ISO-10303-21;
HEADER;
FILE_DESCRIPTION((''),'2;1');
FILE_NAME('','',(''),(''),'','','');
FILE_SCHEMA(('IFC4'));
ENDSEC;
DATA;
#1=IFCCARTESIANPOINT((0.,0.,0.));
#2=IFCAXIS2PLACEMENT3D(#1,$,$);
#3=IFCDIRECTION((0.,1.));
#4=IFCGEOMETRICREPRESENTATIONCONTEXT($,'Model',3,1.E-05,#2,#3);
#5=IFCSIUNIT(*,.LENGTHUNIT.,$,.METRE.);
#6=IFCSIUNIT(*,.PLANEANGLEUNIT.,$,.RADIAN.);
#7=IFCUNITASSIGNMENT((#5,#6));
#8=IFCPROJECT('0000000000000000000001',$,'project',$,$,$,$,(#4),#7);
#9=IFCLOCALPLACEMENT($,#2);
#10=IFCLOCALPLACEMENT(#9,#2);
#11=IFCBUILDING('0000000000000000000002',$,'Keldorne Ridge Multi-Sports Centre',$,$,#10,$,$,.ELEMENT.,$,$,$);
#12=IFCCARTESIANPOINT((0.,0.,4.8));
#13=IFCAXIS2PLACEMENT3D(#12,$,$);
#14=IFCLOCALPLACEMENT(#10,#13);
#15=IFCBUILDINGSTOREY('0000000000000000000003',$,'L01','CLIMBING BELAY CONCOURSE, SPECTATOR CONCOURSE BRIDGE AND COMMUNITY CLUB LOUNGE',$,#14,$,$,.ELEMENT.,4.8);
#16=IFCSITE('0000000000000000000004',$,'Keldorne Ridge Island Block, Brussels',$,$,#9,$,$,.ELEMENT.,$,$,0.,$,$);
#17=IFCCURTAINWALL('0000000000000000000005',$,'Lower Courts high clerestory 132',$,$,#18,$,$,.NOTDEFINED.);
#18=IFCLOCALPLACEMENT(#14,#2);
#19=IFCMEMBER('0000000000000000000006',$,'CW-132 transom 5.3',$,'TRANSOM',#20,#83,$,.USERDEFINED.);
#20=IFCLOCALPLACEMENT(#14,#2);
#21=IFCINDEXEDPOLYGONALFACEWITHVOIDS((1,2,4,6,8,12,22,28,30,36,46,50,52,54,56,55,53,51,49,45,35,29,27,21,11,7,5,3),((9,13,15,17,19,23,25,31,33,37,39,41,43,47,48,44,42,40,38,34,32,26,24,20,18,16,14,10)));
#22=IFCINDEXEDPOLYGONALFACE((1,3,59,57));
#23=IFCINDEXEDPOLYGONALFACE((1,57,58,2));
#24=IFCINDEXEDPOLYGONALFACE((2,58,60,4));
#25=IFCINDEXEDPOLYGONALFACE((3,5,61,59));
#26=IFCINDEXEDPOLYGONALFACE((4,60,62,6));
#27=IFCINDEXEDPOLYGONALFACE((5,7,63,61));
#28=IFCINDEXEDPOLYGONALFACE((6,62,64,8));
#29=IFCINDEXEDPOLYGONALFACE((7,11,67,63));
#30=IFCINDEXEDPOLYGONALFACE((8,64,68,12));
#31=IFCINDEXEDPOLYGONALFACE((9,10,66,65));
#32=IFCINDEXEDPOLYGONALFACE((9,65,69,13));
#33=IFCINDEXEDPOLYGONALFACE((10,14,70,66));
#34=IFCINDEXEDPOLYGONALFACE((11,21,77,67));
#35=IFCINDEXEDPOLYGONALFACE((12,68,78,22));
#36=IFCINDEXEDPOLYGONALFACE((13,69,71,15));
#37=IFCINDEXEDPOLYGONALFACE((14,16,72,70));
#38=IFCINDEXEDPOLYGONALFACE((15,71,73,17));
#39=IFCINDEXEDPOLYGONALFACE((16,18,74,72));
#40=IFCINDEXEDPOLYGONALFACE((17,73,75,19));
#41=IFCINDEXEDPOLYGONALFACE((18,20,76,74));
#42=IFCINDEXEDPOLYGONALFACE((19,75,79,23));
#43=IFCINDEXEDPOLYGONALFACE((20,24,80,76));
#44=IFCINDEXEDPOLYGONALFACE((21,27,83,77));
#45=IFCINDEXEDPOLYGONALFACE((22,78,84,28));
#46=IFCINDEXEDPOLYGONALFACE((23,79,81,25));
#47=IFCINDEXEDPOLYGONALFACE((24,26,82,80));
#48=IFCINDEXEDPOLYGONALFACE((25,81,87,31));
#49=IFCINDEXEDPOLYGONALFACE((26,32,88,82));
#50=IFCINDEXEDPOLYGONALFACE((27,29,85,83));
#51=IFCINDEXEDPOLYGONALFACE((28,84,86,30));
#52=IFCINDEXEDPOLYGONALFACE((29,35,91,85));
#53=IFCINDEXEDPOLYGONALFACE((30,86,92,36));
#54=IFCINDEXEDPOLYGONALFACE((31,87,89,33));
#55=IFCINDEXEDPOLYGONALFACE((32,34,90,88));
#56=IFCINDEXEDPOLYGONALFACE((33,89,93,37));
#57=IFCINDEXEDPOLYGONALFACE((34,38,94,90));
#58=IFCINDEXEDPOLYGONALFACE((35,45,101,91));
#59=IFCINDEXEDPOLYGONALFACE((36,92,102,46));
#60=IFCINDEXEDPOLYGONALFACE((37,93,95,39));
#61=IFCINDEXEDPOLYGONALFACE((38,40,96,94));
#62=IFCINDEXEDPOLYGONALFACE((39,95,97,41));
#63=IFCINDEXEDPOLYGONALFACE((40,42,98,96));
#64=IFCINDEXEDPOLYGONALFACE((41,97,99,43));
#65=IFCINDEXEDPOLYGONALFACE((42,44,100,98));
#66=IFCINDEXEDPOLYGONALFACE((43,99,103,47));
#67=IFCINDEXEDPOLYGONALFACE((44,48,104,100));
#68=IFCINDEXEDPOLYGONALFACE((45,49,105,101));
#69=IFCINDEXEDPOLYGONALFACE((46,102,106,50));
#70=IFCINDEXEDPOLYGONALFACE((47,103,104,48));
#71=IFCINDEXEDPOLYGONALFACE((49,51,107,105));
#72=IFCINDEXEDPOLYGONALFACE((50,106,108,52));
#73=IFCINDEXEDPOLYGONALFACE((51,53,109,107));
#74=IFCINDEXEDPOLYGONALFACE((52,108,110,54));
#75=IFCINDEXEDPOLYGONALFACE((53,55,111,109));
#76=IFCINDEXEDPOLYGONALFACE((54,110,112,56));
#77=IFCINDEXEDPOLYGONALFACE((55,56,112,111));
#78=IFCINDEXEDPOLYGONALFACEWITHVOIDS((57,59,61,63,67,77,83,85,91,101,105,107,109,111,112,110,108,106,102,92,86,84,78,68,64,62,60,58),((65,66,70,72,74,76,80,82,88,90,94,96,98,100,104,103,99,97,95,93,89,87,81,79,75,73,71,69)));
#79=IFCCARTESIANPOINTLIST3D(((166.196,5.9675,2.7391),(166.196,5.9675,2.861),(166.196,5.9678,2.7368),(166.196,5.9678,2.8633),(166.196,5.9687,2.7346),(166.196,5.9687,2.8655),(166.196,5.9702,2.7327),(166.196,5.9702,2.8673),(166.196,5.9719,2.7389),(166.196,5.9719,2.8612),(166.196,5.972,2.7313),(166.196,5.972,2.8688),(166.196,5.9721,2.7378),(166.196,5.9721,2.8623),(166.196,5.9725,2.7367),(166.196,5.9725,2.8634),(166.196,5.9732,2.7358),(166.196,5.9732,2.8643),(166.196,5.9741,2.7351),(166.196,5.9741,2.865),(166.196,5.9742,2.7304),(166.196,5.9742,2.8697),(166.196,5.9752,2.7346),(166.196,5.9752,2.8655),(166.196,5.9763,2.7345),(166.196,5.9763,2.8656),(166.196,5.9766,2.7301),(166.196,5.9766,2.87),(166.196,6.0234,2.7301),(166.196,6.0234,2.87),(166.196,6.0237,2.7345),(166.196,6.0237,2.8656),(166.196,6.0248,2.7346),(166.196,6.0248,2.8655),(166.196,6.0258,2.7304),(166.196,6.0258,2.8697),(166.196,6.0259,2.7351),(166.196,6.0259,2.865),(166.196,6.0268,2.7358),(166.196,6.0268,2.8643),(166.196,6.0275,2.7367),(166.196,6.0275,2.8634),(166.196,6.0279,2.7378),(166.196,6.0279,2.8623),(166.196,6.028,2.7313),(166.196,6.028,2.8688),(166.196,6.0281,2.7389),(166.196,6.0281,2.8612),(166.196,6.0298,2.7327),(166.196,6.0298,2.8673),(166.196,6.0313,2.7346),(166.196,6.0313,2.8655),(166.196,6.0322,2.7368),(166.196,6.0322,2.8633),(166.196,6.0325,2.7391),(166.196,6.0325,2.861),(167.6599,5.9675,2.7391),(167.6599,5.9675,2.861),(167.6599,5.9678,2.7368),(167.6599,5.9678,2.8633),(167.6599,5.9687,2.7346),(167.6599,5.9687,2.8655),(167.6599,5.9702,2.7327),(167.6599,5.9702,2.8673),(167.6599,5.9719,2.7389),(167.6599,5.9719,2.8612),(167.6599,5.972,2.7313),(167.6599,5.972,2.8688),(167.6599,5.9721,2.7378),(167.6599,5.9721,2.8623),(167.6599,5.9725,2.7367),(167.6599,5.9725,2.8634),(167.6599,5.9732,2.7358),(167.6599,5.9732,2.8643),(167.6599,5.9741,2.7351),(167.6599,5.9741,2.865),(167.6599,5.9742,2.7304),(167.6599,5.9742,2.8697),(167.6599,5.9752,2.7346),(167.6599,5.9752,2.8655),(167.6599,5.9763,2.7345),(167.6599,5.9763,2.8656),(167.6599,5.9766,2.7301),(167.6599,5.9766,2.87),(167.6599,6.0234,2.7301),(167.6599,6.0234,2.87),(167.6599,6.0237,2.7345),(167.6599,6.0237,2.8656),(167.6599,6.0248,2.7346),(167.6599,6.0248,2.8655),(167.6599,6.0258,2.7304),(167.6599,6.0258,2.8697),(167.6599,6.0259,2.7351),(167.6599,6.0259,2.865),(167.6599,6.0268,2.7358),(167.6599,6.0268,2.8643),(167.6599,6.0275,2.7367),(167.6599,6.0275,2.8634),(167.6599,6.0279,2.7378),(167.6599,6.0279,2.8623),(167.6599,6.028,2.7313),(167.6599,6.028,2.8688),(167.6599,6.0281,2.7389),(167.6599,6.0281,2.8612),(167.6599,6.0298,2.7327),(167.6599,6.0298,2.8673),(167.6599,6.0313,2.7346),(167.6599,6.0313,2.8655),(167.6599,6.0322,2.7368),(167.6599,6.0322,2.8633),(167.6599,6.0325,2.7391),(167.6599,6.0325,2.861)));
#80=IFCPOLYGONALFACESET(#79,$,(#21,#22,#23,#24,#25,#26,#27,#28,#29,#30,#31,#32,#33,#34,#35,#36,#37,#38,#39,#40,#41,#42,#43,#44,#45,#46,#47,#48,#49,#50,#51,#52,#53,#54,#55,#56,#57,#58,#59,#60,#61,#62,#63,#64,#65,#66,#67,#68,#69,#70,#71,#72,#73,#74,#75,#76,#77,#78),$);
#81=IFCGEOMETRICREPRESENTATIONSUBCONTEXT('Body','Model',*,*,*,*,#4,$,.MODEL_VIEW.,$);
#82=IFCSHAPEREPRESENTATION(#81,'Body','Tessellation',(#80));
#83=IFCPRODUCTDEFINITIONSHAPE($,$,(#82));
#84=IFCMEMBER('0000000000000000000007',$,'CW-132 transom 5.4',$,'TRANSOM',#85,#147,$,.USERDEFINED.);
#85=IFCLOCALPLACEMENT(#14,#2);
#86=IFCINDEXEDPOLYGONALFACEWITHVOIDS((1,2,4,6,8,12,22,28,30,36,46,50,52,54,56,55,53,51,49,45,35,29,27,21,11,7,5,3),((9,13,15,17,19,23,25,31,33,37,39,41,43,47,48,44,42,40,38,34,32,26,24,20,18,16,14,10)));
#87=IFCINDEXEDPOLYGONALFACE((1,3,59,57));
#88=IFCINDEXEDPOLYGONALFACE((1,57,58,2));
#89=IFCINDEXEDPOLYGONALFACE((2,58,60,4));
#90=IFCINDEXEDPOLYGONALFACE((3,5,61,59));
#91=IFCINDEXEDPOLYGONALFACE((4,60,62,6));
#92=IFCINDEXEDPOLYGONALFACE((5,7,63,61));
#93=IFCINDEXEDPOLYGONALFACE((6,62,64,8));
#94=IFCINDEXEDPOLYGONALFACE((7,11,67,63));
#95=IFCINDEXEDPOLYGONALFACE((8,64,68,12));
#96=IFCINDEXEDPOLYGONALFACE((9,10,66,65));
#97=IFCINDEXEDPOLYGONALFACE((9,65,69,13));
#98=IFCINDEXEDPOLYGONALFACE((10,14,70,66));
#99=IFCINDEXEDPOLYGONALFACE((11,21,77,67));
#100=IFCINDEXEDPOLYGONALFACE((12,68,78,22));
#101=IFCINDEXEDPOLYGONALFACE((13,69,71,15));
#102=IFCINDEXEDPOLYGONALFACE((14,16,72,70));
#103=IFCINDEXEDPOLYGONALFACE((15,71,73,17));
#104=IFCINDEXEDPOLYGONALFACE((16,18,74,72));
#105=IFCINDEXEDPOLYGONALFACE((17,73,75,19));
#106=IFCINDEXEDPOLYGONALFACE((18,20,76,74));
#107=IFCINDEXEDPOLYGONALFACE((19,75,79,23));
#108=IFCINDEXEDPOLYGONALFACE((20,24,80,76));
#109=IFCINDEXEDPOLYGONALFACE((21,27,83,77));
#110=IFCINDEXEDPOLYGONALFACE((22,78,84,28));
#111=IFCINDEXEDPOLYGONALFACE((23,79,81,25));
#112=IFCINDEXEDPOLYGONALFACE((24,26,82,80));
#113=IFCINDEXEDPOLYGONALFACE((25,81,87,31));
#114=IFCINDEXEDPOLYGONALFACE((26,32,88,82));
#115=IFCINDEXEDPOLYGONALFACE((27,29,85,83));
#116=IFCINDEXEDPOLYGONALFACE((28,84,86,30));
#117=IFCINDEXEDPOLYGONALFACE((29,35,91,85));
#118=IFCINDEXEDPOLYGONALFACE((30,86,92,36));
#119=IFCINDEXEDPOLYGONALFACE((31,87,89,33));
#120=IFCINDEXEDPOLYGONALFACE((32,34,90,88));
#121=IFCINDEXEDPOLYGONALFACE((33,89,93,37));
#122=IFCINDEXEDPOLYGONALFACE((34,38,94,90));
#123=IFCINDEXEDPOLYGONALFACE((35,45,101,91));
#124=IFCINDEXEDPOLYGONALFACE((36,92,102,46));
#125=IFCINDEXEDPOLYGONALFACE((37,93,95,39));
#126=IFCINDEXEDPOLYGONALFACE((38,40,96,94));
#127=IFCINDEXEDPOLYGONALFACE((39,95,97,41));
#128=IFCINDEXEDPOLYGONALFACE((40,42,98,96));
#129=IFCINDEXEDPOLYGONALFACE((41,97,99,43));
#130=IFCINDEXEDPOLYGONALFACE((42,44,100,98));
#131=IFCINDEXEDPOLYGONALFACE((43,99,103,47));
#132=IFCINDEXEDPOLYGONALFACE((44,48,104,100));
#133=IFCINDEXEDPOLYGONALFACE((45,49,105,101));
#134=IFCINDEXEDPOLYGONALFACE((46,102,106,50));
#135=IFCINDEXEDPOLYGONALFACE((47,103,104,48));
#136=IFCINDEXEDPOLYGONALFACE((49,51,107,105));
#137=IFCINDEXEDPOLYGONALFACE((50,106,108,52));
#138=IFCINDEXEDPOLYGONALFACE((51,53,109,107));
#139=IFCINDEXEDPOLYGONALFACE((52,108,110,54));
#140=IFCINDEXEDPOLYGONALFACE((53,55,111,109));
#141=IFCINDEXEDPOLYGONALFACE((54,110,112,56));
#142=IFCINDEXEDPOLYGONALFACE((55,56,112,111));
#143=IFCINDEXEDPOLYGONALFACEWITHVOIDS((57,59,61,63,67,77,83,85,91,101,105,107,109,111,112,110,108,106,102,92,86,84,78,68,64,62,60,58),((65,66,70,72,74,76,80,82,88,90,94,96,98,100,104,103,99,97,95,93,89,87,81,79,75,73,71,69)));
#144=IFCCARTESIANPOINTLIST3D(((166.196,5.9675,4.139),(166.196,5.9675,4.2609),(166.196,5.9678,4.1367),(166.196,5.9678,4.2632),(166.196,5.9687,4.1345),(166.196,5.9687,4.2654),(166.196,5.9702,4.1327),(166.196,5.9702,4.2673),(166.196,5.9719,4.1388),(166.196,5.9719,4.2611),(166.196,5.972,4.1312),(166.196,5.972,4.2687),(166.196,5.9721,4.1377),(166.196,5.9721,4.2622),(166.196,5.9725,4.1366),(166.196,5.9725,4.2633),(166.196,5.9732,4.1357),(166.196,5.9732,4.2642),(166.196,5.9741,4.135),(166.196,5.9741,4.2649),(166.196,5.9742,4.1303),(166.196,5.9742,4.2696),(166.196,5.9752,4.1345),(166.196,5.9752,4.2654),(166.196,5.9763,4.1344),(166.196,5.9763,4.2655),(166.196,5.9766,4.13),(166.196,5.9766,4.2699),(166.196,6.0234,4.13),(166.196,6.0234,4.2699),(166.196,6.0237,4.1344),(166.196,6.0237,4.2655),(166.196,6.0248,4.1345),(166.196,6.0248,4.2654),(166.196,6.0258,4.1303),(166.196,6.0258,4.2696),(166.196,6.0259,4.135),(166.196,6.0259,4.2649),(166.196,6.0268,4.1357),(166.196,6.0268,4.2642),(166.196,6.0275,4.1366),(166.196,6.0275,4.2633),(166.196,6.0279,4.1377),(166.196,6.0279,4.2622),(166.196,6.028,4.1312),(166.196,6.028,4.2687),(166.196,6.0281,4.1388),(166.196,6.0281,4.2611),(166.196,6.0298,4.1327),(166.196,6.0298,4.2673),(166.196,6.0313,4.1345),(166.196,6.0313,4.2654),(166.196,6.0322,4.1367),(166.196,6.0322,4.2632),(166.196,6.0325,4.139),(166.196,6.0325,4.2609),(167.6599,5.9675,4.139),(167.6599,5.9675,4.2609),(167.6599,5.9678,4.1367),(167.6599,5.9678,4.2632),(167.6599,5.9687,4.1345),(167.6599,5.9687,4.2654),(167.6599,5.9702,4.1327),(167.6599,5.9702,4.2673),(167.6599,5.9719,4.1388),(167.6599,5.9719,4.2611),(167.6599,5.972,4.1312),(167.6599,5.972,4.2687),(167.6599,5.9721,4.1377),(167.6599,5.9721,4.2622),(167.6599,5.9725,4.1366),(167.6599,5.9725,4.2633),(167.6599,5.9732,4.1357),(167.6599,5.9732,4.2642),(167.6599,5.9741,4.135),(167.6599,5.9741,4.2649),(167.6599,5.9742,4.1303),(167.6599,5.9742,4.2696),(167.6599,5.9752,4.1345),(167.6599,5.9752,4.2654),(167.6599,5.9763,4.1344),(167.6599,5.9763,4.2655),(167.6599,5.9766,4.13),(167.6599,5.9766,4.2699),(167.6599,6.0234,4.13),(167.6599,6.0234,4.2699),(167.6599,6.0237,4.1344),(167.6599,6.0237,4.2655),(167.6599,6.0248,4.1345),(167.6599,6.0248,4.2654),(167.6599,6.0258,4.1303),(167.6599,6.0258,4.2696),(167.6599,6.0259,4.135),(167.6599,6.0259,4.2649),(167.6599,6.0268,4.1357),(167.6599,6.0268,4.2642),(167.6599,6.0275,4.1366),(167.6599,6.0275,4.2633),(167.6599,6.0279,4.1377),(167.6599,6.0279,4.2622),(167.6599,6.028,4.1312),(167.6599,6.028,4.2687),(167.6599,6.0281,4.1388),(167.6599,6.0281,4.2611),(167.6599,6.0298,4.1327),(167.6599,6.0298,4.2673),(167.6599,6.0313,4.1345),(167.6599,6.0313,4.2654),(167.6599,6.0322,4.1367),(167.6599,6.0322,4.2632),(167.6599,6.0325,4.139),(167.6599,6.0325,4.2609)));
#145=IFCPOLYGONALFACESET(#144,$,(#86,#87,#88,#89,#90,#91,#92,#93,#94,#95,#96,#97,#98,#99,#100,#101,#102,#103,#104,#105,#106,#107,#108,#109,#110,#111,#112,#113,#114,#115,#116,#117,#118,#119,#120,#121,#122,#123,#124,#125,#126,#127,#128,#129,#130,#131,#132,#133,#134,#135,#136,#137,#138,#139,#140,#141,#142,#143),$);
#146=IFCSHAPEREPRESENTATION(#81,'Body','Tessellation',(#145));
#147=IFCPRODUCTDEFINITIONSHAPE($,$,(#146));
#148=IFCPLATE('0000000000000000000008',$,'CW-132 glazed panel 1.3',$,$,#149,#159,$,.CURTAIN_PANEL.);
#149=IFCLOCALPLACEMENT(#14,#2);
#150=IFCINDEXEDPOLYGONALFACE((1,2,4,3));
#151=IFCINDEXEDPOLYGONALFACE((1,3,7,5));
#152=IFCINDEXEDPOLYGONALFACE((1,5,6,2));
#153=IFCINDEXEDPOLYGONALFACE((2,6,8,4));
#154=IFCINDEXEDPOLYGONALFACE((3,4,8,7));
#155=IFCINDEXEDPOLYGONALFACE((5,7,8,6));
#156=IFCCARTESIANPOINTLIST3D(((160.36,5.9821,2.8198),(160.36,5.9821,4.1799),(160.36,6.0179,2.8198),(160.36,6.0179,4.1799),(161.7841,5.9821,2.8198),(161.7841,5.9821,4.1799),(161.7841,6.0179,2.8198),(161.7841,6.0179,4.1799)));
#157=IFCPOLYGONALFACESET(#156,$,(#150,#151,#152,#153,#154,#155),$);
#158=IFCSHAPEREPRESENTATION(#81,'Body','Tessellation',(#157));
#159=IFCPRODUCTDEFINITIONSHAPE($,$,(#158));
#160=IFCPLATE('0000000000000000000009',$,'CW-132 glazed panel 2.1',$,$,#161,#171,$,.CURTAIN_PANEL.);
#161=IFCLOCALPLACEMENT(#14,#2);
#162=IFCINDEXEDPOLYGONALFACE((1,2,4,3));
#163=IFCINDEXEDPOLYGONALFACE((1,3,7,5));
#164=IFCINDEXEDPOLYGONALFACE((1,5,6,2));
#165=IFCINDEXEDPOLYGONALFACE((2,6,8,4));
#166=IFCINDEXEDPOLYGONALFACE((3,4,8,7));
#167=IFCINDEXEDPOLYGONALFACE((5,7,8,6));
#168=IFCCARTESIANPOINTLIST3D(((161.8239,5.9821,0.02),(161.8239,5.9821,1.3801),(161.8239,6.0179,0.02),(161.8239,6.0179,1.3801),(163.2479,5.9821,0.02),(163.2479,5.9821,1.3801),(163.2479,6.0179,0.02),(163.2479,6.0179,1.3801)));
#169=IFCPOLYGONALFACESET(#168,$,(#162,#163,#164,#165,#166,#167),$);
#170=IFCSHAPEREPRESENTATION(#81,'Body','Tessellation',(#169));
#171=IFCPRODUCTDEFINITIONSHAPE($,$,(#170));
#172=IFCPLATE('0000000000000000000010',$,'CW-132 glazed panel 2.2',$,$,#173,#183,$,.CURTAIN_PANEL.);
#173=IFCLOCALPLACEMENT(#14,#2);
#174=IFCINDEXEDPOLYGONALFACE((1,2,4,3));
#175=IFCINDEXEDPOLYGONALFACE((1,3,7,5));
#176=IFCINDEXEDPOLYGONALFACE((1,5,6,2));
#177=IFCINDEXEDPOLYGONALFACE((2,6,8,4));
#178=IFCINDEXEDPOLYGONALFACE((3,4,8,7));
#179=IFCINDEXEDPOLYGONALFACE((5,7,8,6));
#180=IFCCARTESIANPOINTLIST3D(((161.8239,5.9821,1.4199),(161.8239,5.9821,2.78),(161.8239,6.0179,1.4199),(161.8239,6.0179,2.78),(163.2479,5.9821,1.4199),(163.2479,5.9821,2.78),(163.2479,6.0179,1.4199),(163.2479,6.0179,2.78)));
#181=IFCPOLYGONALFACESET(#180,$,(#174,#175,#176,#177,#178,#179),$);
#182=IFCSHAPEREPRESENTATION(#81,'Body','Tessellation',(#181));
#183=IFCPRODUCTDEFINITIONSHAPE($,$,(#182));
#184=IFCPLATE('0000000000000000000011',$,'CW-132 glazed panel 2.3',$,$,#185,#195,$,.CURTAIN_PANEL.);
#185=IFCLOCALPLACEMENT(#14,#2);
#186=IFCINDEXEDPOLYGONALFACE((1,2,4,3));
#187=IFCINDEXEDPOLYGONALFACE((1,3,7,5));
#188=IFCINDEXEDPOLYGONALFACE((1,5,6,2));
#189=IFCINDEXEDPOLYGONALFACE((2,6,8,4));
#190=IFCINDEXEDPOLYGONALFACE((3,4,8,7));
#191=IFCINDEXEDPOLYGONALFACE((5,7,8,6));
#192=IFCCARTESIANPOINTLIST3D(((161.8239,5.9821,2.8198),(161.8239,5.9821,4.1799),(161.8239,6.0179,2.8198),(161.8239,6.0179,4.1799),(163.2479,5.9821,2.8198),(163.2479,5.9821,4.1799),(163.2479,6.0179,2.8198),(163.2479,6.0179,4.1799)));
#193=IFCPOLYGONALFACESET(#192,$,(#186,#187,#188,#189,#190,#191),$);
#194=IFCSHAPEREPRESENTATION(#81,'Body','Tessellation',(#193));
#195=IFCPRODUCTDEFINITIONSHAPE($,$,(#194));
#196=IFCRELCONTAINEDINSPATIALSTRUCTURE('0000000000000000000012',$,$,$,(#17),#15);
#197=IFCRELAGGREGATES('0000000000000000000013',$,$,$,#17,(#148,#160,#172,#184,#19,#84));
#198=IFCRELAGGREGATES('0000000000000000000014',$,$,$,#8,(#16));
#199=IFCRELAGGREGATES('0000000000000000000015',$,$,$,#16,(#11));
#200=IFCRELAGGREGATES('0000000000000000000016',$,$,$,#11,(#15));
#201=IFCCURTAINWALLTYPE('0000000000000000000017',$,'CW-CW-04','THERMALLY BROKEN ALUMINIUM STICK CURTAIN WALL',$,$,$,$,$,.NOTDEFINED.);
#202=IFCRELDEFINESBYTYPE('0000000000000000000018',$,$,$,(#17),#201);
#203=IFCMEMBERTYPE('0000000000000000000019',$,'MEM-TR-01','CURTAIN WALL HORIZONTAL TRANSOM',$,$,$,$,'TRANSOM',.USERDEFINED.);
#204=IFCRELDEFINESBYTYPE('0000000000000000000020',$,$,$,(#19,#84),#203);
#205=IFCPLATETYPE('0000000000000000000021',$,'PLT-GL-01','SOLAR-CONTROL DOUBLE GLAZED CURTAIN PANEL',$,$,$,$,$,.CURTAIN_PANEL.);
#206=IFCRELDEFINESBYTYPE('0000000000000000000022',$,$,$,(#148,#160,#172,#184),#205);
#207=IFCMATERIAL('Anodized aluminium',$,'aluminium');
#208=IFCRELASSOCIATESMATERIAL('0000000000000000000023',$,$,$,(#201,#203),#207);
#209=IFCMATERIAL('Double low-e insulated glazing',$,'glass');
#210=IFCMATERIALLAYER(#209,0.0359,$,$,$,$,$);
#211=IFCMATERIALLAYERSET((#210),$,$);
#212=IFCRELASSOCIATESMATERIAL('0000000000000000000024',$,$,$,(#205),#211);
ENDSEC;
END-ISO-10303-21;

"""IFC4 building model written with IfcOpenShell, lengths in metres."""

from ifc_helpers import new_model, si_unit, direction, frame, origin, origin_2d, place, context, subcontext, project, spatial, rectangle, hollow_rectangle, extrude, material, layer, layer_set, material_profile, profile_set, type_object, element, aggregate, save


model = new_model("IFC4")

# Units and contexts
model_context = context("Model", 3, precision=1e-05, world=origin(), true_north=direction((0.0, 1.0)))
body_context = subcontext(model_context, "Body", "Model", "MODEL_VIEW")
ifc_project = project(units=[si_unit("LENGTHUNIT", "METRE"), si_unit("PLANEANGLEUNIT", "RADIAN")], contexts=[model_context])

# Site, building, storey
site_placement = place(None, origin())
site = spatial("IfcSite", under=ifc_project, at=site_placement, Name="Keldorne Ridge Island Block, Brussels", CompositionType="ELEMENT", RefElevation=0.0)
building_placement = place(site_placement, origin())
building = spatial("IfcBuilding", under=site, at=building_placement, Name="Keldorne Ridge Multi-Sports Centre", CompositionType="ELEMENT")
storey_placement = place(building_placement, frame((0.0, 0.0, 4.8)))
storey = spatial("IfcBuildingStorey", under=building, at=storey_placement, Name="L01", Description="CLIMBING BELAY CONCOURSE, SPECTATOR CONCOURSE BRIDGE AND COMMUNITY CLUB LOUNGE", CompositionType="ELEMENT", Elevation=4.8)

# Curtain wall, members, plates
ifc_material_1 = material(Name="Anodized aluminium", Category="aluminium")
curtain_wall_type = type_object("IfcCurtainWallType", Name="CW-CW-04", Description="THERMALLY BROKEN ALUMINIUM STICK CURTAIN WALL", PredefinedType="NOTDEFINED", material=ifc_material_1)
curtain_wall_placement = place(storey_placement, origin())
curtain_wall = element("IfcCurtainWall", 1, at=curtain_wall_placement, inside=storey, type_object=curtain_wall_type, Name="Lower Courts high clerestory 132", PredefinedType="NOTDEFINED")
ifc_material_profile_1 = material_profile(ifc_material_1, hollow_rectangle(XDim=0.0649, YDim=0.1399, WallThickness=0.0044, InnerFilletRadius=0.0044, OuterFilletRadius=0.009, at=origin_2d()), Name="ALU TRANSOM 140x65x4.5")
ifc_profile_set_1 = profile_set([ifc_material_profile_1], Name="Anodized aluminium")
member_type_1 = type_object("IfcMemberType", Name="MEM-TR-01", Description="CURTAIN WALL HORIZONTAL TRANSOM", ElementType="TRANSOM", PredefinedType="USERDEFINED", material=ifc_profile_set_1)
member_1_placement = place(storey_placement, frame((166.196, 6.0, 2.8), z_axis=(1.0, 0.0, 0.0), x_axis=(0.0, 1.0, 0.0)))
member_1 = element("IfcMember", 2, at=member_1_placement, type_object=member_type_1, Name="CW-132 transom 5.3", ObjectType="TRANSOM", PredefinedType="USERDEFINED", context=body_context, shape_type="SweptSolid", body=[
    extrude(hollow_rectangle(XDim=0.0649, YDim=0.1399, WallThickness=0.0044, InnerFilletRadius=0.0044, OuterFilletRadius=0.009, at=origin_2d()), origin(), (0.0, 0.0, 1.0), 1.4639),
])
member_2_placement = place(storey_placement, frame((166.196, 6.0, 4.2), z_axis=(1.0, 0.0, 0.0), x_axis=(0.0, 1.0, 0.0)))
member_2 = element("IfcMember", 3, at=member_2_placement, type_object=member_type_1, Name="CW-132 transom 5.4", ObjectType="TRANSOM", PredefinedType="USERDEFINED", context=body_context, shape_type="SweptSolid", body=[
    extrude(hollow_rectangle(XDim=0.0649, YDim=0.1399, WallThickness=0.0044, InnerFilletRadius=0.0044, OuterFilletRadius=0.009, at=origin_2d()), origin(), (0.0, 0.0, 1.0), 1.4639),
])
ifc_material_2 = material(Name="Double low-e insulated glazing", Category="glass")
ifc_layer = layer(ifc_material_2, 0.0359)
ifc_layer_set = layer_set([ifc_layer])
plate_type = type_object("IfcPlateType", Name="PLT-GL-01", Description="SOLAR-CONTROL DOUBLE GLAZED CURTAIN PANEL", PredefinedType="CURTAIN_PANEL", material=ifc_layer_set)
plate_1_placement = place(storey_placement, frame((161.072, 6.0, 2.8198), z_axis=(0.0, 0.0, 1.0), x_axis=(1.0, 0.0, 0.0)))
plate_1 = element("IfcPlate", 4, at=plate_1_placement, type_object=plate_type, Name="CW-132 glazed panel 1.3", PredefinedType="CURTAIN_PANEL", context=body_context, shape_type="SweptSolid", body=[
    extrude(rectangle(XDim=1.4241, YDim=0.0359, at=origin_2d()), origin(), (0.0, 0.0, 1.0), 1.3601),
])
plate_2_placement = place(storey_placement, frame((162.5359, 6.0, 0.02), z_axis=(0.0, 0.0, 1.0), x_axis=(1.0, 0.0, 0.0)))
plate_2 = element("IfcPlate", 5, at=plate_2_placement, type_object=plate_type, Name="CW-132 glazed panel 2.1", PredefinedType="CURTAIN_PANEL", context=body_context, shape_type="SweptSolid", body=[
    extrude(rectangle(XDim=1.4241, YDim=0.0359, at=origin_2d()), origin(), (0.0, 0.0, 1.0), 1.3601),
])
plate_3_placement = place(storey_placement, frame((162.5359, 6.0, 1.4199), z_axis=(0.0, 0.0, 1.0), x_axis=(1.0, 0.0, 0.0)))
plate_3 = element("IfcPlate", 6, at=plate_3_placement, type_object=plate_type, Name="CW-132 glazed panel 2.2", PredefinedType="CURTAIN_PANEL", context=body_context, shape_type="SweptSolid", body=[
    extrude(rectangle(XDim=1.4241, YDim=0.0359, at=origin_2d()), origin(), (0.0, 0.0, 1.0), 1.3601),
])
plate_4_placement = place(storey_placement, frame((162.5359, 6.0, 2.8198), z_axis=(0.0, 0.0, 1.0), x_axis=(1.0, 0.0, 0.0)))
plate_4 = element("IfcPlate", 7, at=plate_4_placement, type_object=plate_type, Name="CW-132 glazed panel 2.3", PredefinedType="CURTAIN_PANEL", context=body_context, shape_type="SweptSolid", body=[
    extrude(rectangle(XDim=1.4241, YDim=0.0359, at=origin_2d()), origin(), (0.0, 0.0, 1.0), 1.3601),
])
aggregate(curtain_wall, [plate_1, plate_2, plate_3, plate_4, member_1, member_2])

save(model, "model.ifc")
